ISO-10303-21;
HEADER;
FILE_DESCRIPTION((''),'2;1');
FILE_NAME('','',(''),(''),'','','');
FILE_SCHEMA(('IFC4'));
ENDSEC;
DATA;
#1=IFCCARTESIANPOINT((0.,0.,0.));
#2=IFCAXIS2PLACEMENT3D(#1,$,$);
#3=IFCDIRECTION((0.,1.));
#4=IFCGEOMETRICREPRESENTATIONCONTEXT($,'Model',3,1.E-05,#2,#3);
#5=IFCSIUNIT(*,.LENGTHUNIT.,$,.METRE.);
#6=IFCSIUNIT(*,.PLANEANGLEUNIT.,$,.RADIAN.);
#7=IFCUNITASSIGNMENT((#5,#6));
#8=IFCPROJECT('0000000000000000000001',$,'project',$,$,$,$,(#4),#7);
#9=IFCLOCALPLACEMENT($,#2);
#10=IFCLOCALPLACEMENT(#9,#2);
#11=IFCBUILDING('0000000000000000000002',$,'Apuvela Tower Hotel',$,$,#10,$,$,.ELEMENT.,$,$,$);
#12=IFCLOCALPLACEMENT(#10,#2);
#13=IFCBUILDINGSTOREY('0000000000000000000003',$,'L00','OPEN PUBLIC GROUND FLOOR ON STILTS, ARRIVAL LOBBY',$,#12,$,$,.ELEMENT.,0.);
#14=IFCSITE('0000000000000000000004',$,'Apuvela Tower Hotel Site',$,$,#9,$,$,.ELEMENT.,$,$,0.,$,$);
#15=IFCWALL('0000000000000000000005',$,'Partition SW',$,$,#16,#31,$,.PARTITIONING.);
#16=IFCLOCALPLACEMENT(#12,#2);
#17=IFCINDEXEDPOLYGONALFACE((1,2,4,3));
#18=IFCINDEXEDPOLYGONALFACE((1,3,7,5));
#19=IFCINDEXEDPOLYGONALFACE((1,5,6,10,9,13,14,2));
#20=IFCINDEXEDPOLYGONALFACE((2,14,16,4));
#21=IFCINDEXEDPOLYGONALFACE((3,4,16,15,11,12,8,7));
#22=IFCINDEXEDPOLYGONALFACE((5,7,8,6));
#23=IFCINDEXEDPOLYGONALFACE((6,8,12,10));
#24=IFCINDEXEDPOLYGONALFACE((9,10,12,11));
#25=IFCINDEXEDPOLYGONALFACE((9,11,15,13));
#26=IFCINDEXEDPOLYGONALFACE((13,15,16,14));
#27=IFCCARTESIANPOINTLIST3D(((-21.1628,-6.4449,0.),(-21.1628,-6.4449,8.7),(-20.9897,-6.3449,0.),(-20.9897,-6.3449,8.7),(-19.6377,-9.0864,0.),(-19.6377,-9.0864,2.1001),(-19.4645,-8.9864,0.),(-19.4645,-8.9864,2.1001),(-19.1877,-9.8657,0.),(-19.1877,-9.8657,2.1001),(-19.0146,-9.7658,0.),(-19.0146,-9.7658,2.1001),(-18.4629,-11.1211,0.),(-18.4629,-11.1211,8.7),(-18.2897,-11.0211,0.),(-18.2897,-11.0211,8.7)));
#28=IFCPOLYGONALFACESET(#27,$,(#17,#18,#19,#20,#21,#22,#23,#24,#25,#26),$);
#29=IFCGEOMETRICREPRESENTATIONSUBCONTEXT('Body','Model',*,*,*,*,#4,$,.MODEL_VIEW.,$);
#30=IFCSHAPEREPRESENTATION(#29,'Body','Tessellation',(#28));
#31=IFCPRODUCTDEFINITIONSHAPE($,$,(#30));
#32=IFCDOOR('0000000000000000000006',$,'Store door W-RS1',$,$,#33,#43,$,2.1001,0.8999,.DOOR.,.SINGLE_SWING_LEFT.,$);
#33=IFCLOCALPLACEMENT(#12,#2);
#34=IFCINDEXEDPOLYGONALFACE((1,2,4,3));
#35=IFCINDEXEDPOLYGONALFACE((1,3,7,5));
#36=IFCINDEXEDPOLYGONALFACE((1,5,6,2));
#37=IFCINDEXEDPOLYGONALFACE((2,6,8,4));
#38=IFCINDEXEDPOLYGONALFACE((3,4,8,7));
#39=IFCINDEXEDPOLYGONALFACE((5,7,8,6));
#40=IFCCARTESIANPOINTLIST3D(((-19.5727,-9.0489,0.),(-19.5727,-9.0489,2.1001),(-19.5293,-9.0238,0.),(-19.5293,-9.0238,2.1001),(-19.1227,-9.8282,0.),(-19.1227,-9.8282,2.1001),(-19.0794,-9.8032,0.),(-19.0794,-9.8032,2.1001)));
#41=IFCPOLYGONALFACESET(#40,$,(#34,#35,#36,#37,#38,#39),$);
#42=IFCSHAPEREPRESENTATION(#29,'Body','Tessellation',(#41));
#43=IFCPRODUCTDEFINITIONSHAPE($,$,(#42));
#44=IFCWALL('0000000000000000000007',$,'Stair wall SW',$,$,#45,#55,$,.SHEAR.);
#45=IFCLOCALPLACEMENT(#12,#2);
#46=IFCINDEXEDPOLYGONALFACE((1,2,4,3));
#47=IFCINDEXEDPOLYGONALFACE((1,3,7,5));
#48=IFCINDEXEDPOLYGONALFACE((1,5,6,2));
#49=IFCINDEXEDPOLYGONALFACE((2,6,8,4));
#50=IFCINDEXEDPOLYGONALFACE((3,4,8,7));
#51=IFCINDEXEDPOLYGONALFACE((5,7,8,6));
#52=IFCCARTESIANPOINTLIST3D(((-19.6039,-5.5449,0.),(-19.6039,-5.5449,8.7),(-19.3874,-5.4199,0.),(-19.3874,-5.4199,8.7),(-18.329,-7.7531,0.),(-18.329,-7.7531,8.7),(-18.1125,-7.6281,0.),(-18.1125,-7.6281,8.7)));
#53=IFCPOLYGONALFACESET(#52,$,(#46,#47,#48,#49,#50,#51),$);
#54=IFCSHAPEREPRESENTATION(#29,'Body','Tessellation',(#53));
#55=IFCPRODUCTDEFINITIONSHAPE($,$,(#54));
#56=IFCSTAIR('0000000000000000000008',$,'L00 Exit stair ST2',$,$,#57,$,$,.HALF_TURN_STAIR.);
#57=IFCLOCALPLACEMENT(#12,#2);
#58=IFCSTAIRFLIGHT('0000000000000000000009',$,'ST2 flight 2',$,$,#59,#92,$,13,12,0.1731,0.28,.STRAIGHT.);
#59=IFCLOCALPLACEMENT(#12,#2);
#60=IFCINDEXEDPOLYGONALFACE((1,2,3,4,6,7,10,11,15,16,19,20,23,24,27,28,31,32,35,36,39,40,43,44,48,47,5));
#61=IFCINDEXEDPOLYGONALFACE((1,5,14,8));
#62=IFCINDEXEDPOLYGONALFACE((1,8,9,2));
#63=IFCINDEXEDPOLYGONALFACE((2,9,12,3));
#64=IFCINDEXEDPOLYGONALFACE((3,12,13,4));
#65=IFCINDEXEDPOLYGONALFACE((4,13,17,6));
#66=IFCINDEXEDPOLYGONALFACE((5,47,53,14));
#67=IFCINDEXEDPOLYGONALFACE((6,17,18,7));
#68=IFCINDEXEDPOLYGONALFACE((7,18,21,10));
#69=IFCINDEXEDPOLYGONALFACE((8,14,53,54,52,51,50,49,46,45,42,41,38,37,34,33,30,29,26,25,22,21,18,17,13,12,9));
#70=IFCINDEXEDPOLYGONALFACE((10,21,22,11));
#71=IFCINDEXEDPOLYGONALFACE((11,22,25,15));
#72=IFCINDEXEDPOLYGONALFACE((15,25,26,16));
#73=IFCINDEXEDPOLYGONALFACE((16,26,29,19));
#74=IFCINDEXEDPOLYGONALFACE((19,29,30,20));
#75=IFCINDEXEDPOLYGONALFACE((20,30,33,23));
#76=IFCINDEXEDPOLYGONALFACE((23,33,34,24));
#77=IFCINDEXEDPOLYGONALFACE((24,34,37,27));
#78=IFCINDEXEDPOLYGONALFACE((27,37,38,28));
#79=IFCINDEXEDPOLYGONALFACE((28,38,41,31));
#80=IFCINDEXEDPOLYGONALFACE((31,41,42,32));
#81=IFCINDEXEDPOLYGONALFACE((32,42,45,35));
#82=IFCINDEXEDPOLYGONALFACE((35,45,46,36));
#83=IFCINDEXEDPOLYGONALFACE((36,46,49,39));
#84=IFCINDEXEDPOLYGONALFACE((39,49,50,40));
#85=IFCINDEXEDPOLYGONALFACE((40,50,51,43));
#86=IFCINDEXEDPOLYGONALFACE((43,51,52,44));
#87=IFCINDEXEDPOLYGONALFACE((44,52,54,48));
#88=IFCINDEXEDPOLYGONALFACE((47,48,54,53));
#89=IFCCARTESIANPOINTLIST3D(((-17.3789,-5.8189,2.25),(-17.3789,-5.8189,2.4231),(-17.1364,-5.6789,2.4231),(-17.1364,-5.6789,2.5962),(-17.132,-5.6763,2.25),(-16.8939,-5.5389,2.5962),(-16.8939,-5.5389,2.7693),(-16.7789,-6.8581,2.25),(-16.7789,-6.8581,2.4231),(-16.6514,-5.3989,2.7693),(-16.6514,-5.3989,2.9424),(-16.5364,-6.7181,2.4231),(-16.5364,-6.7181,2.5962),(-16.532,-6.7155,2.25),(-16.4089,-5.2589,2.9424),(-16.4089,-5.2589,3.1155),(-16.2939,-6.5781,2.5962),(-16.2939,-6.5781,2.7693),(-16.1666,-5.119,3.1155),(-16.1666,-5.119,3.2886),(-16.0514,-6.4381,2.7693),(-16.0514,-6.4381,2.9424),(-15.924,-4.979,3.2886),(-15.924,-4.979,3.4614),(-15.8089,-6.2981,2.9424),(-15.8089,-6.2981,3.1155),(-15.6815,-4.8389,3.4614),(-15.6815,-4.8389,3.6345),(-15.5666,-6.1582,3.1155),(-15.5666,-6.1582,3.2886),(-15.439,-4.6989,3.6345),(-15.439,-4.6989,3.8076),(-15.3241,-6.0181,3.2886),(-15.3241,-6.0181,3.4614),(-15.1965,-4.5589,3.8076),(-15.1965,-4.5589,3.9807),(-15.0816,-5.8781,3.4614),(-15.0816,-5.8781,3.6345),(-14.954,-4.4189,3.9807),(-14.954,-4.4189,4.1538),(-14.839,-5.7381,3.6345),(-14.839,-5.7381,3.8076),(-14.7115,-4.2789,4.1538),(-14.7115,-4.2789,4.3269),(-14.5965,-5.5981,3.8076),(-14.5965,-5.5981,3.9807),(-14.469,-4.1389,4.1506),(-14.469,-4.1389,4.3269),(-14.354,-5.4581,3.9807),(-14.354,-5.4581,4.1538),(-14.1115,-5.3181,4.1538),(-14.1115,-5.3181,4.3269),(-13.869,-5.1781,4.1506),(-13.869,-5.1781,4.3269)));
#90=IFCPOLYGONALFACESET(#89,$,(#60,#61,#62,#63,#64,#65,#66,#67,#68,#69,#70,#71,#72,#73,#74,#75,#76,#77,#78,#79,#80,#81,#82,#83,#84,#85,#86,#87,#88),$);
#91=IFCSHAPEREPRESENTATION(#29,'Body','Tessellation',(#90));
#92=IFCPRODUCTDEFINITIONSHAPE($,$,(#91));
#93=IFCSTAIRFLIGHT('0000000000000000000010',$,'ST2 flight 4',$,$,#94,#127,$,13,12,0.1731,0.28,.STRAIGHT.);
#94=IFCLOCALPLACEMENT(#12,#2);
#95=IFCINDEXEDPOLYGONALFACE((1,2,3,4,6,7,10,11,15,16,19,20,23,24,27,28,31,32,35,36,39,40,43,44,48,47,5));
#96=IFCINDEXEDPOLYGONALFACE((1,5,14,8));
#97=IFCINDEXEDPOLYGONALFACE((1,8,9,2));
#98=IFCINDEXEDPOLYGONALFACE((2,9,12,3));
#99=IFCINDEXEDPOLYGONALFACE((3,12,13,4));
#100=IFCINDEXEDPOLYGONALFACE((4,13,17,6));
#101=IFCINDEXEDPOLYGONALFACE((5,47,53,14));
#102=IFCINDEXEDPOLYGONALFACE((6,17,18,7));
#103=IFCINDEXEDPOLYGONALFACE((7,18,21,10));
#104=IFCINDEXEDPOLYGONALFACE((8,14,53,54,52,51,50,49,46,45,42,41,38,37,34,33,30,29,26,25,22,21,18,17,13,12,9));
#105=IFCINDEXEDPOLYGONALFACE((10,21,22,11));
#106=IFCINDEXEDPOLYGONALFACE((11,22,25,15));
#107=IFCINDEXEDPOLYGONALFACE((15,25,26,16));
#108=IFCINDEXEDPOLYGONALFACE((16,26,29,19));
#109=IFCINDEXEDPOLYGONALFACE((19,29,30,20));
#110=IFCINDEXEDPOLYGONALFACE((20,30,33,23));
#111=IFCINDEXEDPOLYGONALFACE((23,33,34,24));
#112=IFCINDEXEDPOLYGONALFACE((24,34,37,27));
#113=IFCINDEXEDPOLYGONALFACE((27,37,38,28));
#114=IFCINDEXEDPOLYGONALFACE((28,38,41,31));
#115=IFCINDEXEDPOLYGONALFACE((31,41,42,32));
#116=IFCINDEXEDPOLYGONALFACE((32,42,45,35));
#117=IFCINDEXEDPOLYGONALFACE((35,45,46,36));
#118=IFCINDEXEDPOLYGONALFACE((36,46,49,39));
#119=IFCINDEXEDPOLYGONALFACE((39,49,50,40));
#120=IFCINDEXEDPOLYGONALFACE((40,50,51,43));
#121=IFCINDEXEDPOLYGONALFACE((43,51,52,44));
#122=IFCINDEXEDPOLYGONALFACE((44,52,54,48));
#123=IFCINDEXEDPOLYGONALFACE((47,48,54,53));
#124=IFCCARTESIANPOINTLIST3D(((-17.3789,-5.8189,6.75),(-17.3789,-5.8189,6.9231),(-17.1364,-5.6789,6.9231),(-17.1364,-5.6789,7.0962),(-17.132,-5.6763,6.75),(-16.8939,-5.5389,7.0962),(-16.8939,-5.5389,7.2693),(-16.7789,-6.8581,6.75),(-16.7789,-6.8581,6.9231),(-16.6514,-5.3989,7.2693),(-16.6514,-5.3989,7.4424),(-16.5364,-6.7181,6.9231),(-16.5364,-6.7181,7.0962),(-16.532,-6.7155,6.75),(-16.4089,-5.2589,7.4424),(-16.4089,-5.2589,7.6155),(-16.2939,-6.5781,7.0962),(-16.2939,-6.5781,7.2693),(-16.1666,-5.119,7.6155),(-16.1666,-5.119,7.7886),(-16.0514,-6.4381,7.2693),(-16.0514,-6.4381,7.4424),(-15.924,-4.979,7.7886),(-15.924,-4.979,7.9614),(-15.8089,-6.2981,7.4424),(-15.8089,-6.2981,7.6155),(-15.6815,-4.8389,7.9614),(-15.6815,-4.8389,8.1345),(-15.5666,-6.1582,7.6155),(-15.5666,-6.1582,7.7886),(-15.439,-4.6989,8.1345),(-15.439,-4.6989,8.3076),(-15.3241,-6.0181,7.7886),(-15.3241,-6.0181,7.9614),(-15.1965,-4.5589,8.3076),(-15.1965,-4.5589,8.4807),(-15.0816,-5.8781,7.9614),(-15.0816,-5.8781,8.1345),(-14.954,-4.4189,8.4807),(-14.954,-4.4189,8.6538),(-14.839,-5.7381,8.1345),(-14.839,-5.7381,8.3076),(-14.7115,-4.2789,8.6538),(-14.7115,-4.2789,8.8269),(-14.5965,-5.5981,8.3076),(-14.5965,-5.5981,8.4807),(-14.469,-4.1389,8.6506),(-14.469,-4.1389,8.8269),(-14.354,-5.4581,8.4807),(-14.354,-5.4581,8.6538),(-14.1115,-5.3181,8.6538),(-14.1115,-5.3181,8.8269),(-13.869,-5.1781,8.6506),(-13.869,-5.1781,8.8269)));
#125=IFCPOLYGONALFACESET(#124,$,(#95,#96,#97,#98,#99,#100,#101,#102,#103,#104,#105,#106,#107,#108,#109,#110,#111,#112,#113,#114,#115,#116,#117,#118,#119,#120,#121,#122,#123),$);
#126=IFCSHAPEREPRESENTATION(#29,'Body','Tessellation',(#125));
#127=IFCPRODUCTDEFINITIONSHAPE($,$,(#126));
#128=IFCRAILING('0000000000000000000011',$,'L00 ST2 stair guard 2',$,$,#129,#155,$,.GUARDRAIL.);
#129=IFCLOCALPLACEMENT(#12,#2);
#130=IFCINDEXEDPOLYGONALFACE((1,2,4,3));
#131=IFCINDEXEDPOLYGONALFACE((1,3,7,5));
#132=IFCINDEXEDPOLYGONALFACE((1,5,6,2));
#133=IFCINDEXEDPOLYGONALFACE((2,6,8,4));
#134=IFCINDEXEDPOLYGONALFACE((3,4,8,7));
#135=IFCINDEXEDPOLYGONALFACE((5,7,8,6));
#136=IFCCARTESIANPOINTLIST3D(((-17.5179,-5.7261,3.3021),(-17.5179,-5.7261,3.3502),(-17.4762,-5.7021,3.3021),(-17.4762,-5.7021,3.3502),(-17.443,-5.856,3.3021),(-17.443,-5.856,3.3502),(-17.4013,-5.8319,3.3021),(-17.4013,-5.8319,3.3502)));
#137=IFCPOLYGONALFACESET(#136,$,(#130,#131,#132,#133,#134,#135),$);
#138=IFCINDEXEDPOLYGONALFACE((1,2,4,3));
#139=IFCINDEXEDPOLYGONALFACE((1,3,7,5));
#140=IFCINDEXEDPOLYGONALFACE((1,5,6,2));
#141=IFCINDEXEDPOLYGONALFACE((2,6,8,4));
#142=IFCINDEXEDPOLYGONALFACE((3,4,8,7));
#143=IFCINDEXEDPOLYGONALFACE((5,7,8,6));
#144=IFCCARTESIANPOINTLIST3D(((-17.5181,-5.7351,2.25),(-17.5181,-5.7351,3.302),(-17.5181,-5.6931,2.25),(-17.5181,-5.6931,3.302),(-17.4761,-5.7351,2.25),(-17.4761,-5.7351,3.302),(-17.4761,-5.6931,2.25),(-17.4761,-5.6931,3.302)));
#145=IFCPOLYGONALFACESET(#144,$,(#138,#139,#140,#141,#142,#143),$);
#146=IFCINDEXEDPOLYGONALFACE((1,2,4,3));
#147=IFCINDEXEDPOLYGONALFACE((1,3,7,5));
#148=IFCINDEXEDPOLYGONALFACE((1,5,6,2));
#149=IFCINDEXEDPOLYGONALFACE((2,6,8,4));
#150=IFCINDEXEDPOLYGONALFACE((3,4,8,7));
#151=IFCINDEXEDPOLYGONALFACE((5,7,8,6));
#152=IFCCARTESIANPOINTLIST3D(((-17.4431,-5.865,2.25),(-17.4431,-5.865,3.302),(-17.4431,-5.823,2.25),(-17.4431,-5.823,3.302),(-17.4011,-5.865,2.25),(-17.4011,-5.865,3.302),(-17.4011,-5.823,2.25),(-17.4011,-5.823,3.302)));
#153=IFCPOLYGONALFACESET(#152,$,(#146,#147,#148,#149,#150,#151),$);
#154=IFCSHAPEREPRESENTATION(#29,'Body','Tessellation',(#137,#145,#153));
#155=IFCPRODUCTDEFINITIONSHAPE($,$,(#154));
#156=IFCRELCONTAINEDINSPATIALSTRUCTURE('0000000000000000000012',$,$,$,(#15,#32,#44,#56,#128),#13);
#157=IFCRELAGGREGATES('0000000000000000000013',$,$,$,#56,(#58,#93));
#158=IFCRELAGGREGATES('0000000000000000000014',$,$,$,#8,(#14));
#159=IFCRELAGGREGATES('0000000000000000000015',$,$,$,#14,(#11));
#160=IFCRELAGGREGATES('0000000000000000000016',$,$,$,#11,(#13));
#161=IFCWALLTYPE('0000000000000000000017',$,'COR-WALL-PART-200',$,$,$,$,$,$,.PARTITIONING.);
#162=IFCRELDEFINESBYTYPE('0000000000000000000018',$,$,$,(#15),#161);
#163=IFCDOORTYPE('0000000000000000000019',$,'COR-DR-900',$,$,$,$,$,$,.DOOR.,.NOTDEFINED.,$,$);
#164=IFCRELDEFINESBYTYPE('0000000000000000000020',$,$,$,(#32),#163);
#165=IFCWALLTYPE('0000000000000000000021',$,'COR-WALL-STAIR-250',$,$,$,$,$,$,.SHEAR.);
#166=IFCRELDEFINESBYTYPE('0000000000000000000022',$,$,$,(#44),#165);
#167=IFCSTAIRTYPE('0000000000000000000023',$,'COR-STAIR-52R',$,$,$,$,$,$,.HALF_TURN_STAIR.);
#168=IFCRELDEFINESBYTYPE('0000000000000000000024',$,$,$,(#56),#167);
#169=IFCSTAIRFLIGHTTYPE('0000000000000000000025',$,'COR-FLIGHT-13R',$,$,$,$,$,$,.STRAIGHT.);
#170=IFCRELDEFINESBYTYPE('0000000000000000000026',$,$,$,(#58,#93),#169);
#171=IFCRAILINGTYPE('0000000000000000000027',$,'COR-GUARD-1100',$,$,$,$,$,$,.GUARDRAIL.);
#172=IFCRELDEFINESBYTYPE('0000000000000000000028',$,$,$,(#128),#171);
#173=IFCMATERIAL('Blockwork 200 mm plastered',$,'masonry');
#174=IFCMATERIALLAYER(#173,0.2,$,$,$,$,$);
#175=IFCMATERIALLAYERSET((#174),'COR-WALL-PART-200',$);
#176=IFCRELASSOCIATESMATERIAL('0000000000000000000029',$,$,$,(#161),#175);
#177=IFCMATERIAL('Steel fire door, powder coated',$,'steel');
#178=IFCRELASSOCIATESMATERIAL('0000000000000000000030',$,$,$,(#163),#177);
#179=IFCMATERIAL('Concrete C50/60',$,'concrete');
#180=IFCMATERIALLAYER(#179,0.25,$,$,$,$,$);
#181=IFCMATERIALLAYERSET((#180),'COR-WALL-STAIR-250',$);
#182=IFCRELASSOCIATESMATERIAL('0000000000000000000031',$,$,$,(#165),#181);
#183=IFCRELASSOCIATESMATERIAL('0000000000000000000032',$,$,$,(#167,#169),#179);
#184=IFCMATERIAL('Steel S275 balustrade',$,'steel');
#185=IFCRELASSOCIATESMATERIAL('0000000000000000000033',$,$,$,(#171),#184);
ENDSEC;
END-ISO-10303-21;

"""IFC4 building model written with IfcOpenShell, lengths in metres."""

from ifc_helpers import new_model, si_unit, direction, frame, frame_2d, origin, origin_2d, place, context, subcontext, project, spatial, polyline, rectangle, outline, extrude, material, layer, layer_set, type_object, element, fill, aggregate, save


model = new_model("IFC4")

# Units and contexts
model_context = context("Model", 3, precision=1e-05, world=origin(), true_north=direction((0.0, 1.0)))
body_context = subcontext(model_context, "Body", "Model", "MODEL_VIEW")
ifc_project = project(units=[si_unit("LENGTHUNIT", "METRE"), si_unit("PLANEANGLEUNIT", "RADIAN")], contexts=[model_context])

# Site, building, storey
site_placement = place(None, origin())
site = spatial("IfcSite", under=ifc_project, at=site_placement, Name="Apuvela Tower Hotel Site", CompositionType="ELEMENT", RefElevation=0.0)
building_placement = place(site_placement, origin())
building = spatial("IfcBuilding", under=site, at=building_placement, Name="Apuvela Tower Hotel", CompositionType="ELEMENT")
storey_placement = place(building_placement, origin())
storey = spatial("IfcBuildingStorey", under=building, at=storey_placement, Name="L00", Description="OPEN PUBLIC GROUND FLOOR ON STILTS, ARRIVAL LOBBY", CompositionType="ELEMENT", Elevation=0.0)

# Shared definitions
ifc_material_1 = material(Name="Concrete C50/60", Category="concrete")

# Wall, opening, door
ifc_material_2 = material(Name="Blockwork 200 mm plastered", Category="masonry")
ifc_layer_1 = layer(ifc_material_2, 0.2)
ifc_layer_set_1 = layer_set([ifc_layer_1], Name="COR-WALL-PART-200")
wall_type_1 = type_object("IfcWallType", Name="COR-WALL-PART-200", PredefinedType="PARTITIONING", material=ifc_layer_set_1)
wall_1_placement = place(storey_placement, frame((-21.0762, -6.395, 0.0), z_axis=(0.0, 0.0, 1.0), x_axis=(0.500015, -0.866017, 0.0)))
wall_1 = element("IfcWall", 1, at=wall_1_placement, inside=storey, type_object=wall_type_1, Name="Partition SW", PredefinedType="PARTITIONING", context=body_context, shape_type="SweptSolid", body=[
    extrude(rectangle(XDim=5.3997, YDim=0.2, at=frame_2d((2.6997, 0.0))), origin(), (0.0, 0.0, 1.0), 8.7),
])
opening_1_placement = place(wall_1_placement, frame((3.05, 0.0, 0.0)))
opening_1 = element("IfcOpeningElement", 2, at=opening_1_placement, cuts=wall_1, PredefinedType="OPENING", context=body_context, shape_type="SweptSolid", body=[
    extrude(rectangle(XDim=0.8999, YDim=2.1001, at=frame_2d((0.45, 1.05))), frame((0.0, 0.1099, 0.0), z_axis=(0.0, -1.0, 0.0), x_axis=(1.0, 0.0, 0.0)), (0.0, 0.0, 1.0), 0.22),
])
ifc_material_3 = material(Name="Steel fire door, powder coated", Category="steel")
door_type_1 = type_object("IfcDoorType", Name="COR-DR-900", OperationType="NOTDEFINED", PredefinedType="DOOR", material=ifc_material_3)
door_1_placement = place(opening_1_placement, frame((0.8999, 0.0, 0.0), z_axis=(0.0, 0.0, 1.0), x_axis=(-1.0, 0.0, 0.0)))
door_1 = element("IfcDoor", 3, at=door_1_placement, inside=storey, type_object=door_type_1, Name="Store door W-RS1", OperationType="SINGLE_SWING_LEFT", OverallHeight=2.1001, OverallWidth=0.8999, PredefinedType="DOOR", context=body_context, shape_type="SweptSolid", body=[
    extrude(rectangle(XDim=0.8999, YDim=2.1001, at=frame_2d((0.45, 1.05))), frame((0.0, 0.0249, 0.0), z_axis=(0.0, -1.0, 0.0), x_axis=(1.0, 0.0, 0.0)), (0.0, 0.0, 1.0), 0.05),
])
fill(opening_1, door_1)

# Wall
ifc_layer_2 = layer(ifc_material_1, 0.25)
ifc_layer_set_2 = layer_set([ifc_layer_2], Name="COR-WALL-STAIR-250")
wall_type_2 = type_object("IfcWallType", Name="COR-WALL-STAIR-250", PredefinedType="SHEAR", material=ifc_layer_set_2)
wall_2_placement = place(storey_placement, frame((-19.4956, -5.4824, 0.0), z_axis=(0.0, 0.0, 1.0), x_axis=(0.49999, -0.866031, 0.0)))
element("IfcWall", 4, at=wall_2_placement, inside=storey, type_object=wall_type_2, Name="Stair wall SW", PredefinedType="SHEAR", context=body_context, shape_type="SweptSolid", body=[
    extrude(rectangle(XDim=2.5498, YDim=0.25, at=frame_2d((1.2749, 0.0))), origin(), (0.0, 0.0, 1.0), 8.7),
])

# Stair, stair flights
stair_type = type_object("IfcStairType", Name="COR-STAIR-52R", PredefinedType="HALF_TURN_STAIR", material=ifc_material_1)
stair_placement = place(storey_placement, origin())
stair = element("IfcStair", 5, at=stair_placement, inside=storey, type_object=stair_type, Name="L00 Exit stair ST2", PredefinedType="HALF_TURN_STAIR")
stair_flight_type = type_object("IfcStairFlightType", Name="COR-FLIGHT-13R", PredefinedType="STRAIGHT", material=ifc_material_1)
stair_flight_1_placement = place(storey_placement, frame((-17.0789, -6.3386, 2.25), z_axis=(0.0, 0.0, 1.0), x_axis=(0.866025, 0.5, 0.0)))
stair_flight_1 = element("IfcStairFlight", 6, at=stair_flight_1_placement, type_object=stair_flight_type, Name="ST2 flight 2", NumberOfRisers=13, NumberOfTreads=12, PredefinedType="STRAIGHT", RiserHeight=0.1731, TreadLength=0.28, context=body_context, shape_type="SweptSolid", body=[
    extrude(outline(polyline([(0.0, 0.0), (0.0, 0.1731), (0.28, 0.1731), (0.28, 0.3462), (0.5601, 0.3462), (0.5601, 0.5193), (0.8401, 0.5193), (0.8401, 0.6924), (1.1201, 0.6924), (1.1201, 0.8655), (1.3999, 0.8655), (1.3999, 1.0386), (1.6799, 1.0386), (1.6799, 1.2114), (1.96, 1.2114), (1.96, 1.3845), (2.24, 1.3845), (2.24, 1.5576), (2.52, 1.5576), (2.52, 1.7307), (2.8, 1.7307), (2.8, 1.9038), (3.0801, 1.9038), (3.0801, 2.0769), (3.3601, 2.0769), (3.3601, 2.25), (3.3601, 1.9006), (0.2852, 0.0), (0.0, 0.0)])), frame((0.0, 0.6001, 0.0), z_axis=(0.0, -1.0, 0.0), x_axis=(1.0, 0.0, 0.0)), (0.0, 0.0, 1.0), 1.2),
])
stair_flight_2_placement = place(storey_placement, frame((-17.0789, -6.3386, 6.75), z_axis=(0.0, 0.0, 1.0), x_axis=(0.866025, 0.5, 0.0)))
stair_flight_2 = element("IfcStairFlight", 7, at=stair_flight_2_placement, type_object=stair_flight_type, Name="ST2 flight 4", NumberOfRisers=13, NumberOfTreads=12, PredefinedType="STRAIGHT", RiserHeight=0.1731, TreadLength=0.28, context=body_context, shape_type="SweptSolid", body=[
    extrude(outline(polyline([(0.0, 0.0), (0.0, 0.1731), (0.28, 0.1731), (0.28, 0.3462), (0.5601, 0.3462), (0.5601, 0.5193), (0.8401, 0.5193), (0.8401, 0.6924), (1.1201, 0.6924), (1.1201, 0.8655), (1.3999, 0.8655), (1.3999, 1.0386), (1.6799, 1.0386), (1.6799, 1.2114), (1.96, 1.2114), (1.96, 1.3845), (2.24, 1.3845), (2.24, 1.5576), (2.52, 1.5576), (2.52, 1.7307), (2.8, 1.7307), (2.8, 1.9038), (3.0801, 1.9038), (3.0801, 2.0769), (3.3601, 2.0769), (3.3601, 2.25), (3.3601, 1.9006), (0.2852, 0.0), (0.0, 0.0)])), frame((0.0, 0.6001, 0.0), z_axis=(0.0, -1.0, 0.0), x_axis=(1.0, 0.0, 0.0)), (0.0, 0.0, 1.0), 1.2),
])
aggregate(stair, [stair_flight_1, stair_flight_2])

# Railing
ifc_material_4 = material(Name="Steel S275 balustrade", Category="steel")
railing_type_1 = type_object("IfcRailingType", Name="COR-GUARD-1100", PredefinedType="GUARDRAIL", material=ifc_material_4)
railing_1_placement = place(storey_placement, frame((-17.4971, -5.7141, 2.25)))
element("IfcRailing", 8, at=railing_1_placement, inside=storey, type_object=railing_type_1, Name="L00 ST2 stair guard 2", PredefinedType="GUARDRAIL", context=body_context, shape_type="SweptSolid", body=[
    extrude(rectangle(XDim=0.0481, YDim=0.0481, at=origin_2d()), frame((0.0, 0.0, 1.0762), z_axis=(0.499816, -0.866131, 0.0), x_axis=(0.866131, 0.499816, 0.0)), (0.0, 0.0, 1.0), 0.1499),
    extrude(rectangle(XDim=0.042, YDim=0.042, at=origin_2d()), origin(), (0.0, 0.0, 1.0), 1.052),
    extrude(rectangle(XDim=0.042, YDim=0.042, at=origin_2d()), frame((0.075, -0.1299, 0.0)), (0.0, 0.0, 1.0), 1.052),
])

save(model, "model.ifc")
